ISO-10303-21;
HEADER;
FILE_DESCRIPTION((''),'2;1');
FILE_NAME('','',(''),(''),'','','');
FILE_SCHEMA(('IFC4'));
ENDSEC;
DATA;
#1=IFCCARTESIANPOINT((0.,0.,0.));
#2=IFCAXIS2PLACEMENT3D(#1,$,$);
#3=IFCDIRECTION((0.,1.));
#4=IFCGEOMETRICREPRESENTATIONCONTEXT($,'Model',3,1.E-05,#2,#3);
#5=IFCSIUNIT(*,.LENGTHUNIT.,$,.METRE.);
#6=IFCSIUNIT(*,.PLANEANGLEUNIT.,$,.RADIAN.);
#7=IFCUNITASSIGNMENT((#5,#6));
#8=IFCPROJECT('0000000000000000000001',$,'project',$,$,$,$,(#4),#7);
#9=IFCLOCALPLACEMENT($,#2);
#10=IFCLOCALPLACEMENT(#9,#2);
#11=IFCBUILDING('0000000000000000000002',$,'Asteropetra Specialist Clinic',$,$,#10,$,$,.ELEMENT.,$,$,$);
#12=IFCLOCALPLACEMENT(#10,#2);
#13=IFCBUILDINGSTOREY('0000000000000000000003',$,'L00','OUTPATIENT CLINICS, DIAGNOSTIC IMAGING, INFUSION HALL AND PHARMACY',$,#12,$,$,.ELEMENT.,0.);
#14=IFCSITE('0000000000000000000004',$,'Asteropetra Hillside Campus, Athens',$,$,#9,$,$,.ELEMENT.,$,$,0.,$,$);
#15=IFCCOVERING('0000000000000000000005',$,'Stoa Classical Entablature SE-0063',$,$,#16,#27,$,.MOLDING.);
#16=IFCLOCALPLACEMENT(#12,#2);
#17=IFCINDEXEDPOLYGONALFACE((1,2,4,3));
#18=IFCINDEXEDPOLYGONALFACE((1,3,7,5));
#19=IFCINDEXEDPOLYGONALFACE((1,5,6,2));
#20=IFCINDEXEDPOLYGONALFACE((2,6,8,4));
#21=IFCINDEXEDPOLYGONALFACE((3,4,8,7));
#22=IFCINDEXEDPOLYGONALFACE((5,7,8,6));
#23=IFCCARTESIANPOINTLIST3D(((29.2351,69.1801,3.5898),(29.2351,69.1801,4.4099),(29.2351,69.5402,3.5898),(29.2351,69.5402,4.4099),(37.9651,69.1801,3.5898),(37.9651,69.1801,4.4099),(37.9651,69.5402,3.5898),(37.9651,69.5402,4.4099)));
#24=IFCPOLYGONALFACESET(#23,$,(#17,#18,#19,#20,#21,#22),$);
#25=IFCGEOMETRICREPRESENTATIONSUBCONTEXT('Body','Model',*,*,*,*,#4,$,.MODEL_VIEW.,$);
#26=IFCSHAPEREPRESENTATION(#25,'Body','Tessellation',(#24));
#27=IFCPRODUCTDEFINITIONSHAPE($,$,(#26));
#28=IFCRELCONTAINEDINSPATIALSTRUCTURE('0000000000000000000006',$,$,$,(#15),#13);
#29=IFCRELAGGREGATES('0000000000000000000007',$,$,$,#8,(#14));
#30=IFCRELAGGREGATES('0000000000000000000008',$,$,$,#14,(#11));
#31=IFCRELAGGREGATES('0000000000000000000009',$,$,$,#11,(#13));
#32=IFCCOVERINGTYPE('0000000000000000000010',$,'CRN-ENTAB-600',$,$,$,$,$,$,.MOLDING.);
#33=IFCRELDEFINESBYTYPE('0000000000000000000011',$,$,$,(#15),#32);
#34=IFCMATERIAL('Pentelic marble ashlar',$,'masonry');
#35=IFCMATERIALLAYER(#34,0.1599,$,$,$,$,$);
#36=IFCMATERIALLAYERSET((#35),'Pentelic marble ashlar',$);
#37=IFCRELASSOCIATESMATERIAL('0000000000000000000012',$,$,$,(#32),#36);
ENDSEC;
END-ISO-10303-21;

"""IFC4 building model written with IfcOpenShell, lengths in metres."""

from ifc_helpers import new_model, si_unit, direction, frame, origin, origin_2d, place, context, subcontext, project, spatial, rectangle, extrude, material, layer, layer_set, type_object, element, save


model = new_model("IFC4")

# Units and contexts
model_context = context("Model", 3, precision=1e-05, world=origin(), true_north=direction((0.0, 1.0)))
body_context = subcontext(model_context, "Body", "Model", "MODEL_VIEW")
ifc_project = project(units=[si_unit("LENGTHUNIT", "METRE"), si_unit("PLANEANGLEUNIT", "RADIAN")], contexts=[model_context])

# Site, building, storey
site_placement = place(None, origin())
site = spatial("IfcSite", under=ifc_project, at=site_placement, Name="Asteropetra Hillside Campus, Athens", CompositionType="ELEMENT", RefElevation=0.0)
building_placement = place(site_placement, origin())
building = spatial("IfcBuilding", under=site, at=building_placement, Name="Asteropetra Specialist Clinic", CompositionType="ELEMENT")
storey_placement = place(building_placement, origin())
storey = spatial("IfcBuildingStorey", under=building, at=storey_placement, Name="L00", Description="OUTPATIENT CLINICS, DIAGNOSTIC IMAGING, INFUSION HALL AND PHARMACY", CompositionType="ELEMENT", Elevation=0.0)

# Covering
ifc_material_1 = material(Name="Pentelic marble ashlar", Category="masonry")
ifc_layer_1 = layer(ifc_material_1, 0.1599)
ifc_layer_set_1 = layer_set([ifc_layer_1], Name="Pentelic marble ashlar")
covering_type = type_object("IfcCoveringType", Name="CRN-ENTAB-600", PredefinedType="MOLDING", material=ifc_layer_set_1)
covering_placement = place(storey_placement, frame((33.6001, 69.3601, 3.5898), z_axis=(0.0, 0.0, 1.0), x_axis=(1.0, 0.0, 0.0)))
element("IfcCovering", 1, at=covering_placement, inside=storey, type_object=covering_type, Name="Stoa Classical Entablature SE-0063", PredefinedType="MOLDING", context=body_context, shape_type="SweptSolid", body=[
    extrude(rectangle(XDim=8.73, YDim=0.3601, at=origin_2d()), origin(), (0.0, 0.0, 1.0), 0.8201),
])

save(model, "model.ifc")
